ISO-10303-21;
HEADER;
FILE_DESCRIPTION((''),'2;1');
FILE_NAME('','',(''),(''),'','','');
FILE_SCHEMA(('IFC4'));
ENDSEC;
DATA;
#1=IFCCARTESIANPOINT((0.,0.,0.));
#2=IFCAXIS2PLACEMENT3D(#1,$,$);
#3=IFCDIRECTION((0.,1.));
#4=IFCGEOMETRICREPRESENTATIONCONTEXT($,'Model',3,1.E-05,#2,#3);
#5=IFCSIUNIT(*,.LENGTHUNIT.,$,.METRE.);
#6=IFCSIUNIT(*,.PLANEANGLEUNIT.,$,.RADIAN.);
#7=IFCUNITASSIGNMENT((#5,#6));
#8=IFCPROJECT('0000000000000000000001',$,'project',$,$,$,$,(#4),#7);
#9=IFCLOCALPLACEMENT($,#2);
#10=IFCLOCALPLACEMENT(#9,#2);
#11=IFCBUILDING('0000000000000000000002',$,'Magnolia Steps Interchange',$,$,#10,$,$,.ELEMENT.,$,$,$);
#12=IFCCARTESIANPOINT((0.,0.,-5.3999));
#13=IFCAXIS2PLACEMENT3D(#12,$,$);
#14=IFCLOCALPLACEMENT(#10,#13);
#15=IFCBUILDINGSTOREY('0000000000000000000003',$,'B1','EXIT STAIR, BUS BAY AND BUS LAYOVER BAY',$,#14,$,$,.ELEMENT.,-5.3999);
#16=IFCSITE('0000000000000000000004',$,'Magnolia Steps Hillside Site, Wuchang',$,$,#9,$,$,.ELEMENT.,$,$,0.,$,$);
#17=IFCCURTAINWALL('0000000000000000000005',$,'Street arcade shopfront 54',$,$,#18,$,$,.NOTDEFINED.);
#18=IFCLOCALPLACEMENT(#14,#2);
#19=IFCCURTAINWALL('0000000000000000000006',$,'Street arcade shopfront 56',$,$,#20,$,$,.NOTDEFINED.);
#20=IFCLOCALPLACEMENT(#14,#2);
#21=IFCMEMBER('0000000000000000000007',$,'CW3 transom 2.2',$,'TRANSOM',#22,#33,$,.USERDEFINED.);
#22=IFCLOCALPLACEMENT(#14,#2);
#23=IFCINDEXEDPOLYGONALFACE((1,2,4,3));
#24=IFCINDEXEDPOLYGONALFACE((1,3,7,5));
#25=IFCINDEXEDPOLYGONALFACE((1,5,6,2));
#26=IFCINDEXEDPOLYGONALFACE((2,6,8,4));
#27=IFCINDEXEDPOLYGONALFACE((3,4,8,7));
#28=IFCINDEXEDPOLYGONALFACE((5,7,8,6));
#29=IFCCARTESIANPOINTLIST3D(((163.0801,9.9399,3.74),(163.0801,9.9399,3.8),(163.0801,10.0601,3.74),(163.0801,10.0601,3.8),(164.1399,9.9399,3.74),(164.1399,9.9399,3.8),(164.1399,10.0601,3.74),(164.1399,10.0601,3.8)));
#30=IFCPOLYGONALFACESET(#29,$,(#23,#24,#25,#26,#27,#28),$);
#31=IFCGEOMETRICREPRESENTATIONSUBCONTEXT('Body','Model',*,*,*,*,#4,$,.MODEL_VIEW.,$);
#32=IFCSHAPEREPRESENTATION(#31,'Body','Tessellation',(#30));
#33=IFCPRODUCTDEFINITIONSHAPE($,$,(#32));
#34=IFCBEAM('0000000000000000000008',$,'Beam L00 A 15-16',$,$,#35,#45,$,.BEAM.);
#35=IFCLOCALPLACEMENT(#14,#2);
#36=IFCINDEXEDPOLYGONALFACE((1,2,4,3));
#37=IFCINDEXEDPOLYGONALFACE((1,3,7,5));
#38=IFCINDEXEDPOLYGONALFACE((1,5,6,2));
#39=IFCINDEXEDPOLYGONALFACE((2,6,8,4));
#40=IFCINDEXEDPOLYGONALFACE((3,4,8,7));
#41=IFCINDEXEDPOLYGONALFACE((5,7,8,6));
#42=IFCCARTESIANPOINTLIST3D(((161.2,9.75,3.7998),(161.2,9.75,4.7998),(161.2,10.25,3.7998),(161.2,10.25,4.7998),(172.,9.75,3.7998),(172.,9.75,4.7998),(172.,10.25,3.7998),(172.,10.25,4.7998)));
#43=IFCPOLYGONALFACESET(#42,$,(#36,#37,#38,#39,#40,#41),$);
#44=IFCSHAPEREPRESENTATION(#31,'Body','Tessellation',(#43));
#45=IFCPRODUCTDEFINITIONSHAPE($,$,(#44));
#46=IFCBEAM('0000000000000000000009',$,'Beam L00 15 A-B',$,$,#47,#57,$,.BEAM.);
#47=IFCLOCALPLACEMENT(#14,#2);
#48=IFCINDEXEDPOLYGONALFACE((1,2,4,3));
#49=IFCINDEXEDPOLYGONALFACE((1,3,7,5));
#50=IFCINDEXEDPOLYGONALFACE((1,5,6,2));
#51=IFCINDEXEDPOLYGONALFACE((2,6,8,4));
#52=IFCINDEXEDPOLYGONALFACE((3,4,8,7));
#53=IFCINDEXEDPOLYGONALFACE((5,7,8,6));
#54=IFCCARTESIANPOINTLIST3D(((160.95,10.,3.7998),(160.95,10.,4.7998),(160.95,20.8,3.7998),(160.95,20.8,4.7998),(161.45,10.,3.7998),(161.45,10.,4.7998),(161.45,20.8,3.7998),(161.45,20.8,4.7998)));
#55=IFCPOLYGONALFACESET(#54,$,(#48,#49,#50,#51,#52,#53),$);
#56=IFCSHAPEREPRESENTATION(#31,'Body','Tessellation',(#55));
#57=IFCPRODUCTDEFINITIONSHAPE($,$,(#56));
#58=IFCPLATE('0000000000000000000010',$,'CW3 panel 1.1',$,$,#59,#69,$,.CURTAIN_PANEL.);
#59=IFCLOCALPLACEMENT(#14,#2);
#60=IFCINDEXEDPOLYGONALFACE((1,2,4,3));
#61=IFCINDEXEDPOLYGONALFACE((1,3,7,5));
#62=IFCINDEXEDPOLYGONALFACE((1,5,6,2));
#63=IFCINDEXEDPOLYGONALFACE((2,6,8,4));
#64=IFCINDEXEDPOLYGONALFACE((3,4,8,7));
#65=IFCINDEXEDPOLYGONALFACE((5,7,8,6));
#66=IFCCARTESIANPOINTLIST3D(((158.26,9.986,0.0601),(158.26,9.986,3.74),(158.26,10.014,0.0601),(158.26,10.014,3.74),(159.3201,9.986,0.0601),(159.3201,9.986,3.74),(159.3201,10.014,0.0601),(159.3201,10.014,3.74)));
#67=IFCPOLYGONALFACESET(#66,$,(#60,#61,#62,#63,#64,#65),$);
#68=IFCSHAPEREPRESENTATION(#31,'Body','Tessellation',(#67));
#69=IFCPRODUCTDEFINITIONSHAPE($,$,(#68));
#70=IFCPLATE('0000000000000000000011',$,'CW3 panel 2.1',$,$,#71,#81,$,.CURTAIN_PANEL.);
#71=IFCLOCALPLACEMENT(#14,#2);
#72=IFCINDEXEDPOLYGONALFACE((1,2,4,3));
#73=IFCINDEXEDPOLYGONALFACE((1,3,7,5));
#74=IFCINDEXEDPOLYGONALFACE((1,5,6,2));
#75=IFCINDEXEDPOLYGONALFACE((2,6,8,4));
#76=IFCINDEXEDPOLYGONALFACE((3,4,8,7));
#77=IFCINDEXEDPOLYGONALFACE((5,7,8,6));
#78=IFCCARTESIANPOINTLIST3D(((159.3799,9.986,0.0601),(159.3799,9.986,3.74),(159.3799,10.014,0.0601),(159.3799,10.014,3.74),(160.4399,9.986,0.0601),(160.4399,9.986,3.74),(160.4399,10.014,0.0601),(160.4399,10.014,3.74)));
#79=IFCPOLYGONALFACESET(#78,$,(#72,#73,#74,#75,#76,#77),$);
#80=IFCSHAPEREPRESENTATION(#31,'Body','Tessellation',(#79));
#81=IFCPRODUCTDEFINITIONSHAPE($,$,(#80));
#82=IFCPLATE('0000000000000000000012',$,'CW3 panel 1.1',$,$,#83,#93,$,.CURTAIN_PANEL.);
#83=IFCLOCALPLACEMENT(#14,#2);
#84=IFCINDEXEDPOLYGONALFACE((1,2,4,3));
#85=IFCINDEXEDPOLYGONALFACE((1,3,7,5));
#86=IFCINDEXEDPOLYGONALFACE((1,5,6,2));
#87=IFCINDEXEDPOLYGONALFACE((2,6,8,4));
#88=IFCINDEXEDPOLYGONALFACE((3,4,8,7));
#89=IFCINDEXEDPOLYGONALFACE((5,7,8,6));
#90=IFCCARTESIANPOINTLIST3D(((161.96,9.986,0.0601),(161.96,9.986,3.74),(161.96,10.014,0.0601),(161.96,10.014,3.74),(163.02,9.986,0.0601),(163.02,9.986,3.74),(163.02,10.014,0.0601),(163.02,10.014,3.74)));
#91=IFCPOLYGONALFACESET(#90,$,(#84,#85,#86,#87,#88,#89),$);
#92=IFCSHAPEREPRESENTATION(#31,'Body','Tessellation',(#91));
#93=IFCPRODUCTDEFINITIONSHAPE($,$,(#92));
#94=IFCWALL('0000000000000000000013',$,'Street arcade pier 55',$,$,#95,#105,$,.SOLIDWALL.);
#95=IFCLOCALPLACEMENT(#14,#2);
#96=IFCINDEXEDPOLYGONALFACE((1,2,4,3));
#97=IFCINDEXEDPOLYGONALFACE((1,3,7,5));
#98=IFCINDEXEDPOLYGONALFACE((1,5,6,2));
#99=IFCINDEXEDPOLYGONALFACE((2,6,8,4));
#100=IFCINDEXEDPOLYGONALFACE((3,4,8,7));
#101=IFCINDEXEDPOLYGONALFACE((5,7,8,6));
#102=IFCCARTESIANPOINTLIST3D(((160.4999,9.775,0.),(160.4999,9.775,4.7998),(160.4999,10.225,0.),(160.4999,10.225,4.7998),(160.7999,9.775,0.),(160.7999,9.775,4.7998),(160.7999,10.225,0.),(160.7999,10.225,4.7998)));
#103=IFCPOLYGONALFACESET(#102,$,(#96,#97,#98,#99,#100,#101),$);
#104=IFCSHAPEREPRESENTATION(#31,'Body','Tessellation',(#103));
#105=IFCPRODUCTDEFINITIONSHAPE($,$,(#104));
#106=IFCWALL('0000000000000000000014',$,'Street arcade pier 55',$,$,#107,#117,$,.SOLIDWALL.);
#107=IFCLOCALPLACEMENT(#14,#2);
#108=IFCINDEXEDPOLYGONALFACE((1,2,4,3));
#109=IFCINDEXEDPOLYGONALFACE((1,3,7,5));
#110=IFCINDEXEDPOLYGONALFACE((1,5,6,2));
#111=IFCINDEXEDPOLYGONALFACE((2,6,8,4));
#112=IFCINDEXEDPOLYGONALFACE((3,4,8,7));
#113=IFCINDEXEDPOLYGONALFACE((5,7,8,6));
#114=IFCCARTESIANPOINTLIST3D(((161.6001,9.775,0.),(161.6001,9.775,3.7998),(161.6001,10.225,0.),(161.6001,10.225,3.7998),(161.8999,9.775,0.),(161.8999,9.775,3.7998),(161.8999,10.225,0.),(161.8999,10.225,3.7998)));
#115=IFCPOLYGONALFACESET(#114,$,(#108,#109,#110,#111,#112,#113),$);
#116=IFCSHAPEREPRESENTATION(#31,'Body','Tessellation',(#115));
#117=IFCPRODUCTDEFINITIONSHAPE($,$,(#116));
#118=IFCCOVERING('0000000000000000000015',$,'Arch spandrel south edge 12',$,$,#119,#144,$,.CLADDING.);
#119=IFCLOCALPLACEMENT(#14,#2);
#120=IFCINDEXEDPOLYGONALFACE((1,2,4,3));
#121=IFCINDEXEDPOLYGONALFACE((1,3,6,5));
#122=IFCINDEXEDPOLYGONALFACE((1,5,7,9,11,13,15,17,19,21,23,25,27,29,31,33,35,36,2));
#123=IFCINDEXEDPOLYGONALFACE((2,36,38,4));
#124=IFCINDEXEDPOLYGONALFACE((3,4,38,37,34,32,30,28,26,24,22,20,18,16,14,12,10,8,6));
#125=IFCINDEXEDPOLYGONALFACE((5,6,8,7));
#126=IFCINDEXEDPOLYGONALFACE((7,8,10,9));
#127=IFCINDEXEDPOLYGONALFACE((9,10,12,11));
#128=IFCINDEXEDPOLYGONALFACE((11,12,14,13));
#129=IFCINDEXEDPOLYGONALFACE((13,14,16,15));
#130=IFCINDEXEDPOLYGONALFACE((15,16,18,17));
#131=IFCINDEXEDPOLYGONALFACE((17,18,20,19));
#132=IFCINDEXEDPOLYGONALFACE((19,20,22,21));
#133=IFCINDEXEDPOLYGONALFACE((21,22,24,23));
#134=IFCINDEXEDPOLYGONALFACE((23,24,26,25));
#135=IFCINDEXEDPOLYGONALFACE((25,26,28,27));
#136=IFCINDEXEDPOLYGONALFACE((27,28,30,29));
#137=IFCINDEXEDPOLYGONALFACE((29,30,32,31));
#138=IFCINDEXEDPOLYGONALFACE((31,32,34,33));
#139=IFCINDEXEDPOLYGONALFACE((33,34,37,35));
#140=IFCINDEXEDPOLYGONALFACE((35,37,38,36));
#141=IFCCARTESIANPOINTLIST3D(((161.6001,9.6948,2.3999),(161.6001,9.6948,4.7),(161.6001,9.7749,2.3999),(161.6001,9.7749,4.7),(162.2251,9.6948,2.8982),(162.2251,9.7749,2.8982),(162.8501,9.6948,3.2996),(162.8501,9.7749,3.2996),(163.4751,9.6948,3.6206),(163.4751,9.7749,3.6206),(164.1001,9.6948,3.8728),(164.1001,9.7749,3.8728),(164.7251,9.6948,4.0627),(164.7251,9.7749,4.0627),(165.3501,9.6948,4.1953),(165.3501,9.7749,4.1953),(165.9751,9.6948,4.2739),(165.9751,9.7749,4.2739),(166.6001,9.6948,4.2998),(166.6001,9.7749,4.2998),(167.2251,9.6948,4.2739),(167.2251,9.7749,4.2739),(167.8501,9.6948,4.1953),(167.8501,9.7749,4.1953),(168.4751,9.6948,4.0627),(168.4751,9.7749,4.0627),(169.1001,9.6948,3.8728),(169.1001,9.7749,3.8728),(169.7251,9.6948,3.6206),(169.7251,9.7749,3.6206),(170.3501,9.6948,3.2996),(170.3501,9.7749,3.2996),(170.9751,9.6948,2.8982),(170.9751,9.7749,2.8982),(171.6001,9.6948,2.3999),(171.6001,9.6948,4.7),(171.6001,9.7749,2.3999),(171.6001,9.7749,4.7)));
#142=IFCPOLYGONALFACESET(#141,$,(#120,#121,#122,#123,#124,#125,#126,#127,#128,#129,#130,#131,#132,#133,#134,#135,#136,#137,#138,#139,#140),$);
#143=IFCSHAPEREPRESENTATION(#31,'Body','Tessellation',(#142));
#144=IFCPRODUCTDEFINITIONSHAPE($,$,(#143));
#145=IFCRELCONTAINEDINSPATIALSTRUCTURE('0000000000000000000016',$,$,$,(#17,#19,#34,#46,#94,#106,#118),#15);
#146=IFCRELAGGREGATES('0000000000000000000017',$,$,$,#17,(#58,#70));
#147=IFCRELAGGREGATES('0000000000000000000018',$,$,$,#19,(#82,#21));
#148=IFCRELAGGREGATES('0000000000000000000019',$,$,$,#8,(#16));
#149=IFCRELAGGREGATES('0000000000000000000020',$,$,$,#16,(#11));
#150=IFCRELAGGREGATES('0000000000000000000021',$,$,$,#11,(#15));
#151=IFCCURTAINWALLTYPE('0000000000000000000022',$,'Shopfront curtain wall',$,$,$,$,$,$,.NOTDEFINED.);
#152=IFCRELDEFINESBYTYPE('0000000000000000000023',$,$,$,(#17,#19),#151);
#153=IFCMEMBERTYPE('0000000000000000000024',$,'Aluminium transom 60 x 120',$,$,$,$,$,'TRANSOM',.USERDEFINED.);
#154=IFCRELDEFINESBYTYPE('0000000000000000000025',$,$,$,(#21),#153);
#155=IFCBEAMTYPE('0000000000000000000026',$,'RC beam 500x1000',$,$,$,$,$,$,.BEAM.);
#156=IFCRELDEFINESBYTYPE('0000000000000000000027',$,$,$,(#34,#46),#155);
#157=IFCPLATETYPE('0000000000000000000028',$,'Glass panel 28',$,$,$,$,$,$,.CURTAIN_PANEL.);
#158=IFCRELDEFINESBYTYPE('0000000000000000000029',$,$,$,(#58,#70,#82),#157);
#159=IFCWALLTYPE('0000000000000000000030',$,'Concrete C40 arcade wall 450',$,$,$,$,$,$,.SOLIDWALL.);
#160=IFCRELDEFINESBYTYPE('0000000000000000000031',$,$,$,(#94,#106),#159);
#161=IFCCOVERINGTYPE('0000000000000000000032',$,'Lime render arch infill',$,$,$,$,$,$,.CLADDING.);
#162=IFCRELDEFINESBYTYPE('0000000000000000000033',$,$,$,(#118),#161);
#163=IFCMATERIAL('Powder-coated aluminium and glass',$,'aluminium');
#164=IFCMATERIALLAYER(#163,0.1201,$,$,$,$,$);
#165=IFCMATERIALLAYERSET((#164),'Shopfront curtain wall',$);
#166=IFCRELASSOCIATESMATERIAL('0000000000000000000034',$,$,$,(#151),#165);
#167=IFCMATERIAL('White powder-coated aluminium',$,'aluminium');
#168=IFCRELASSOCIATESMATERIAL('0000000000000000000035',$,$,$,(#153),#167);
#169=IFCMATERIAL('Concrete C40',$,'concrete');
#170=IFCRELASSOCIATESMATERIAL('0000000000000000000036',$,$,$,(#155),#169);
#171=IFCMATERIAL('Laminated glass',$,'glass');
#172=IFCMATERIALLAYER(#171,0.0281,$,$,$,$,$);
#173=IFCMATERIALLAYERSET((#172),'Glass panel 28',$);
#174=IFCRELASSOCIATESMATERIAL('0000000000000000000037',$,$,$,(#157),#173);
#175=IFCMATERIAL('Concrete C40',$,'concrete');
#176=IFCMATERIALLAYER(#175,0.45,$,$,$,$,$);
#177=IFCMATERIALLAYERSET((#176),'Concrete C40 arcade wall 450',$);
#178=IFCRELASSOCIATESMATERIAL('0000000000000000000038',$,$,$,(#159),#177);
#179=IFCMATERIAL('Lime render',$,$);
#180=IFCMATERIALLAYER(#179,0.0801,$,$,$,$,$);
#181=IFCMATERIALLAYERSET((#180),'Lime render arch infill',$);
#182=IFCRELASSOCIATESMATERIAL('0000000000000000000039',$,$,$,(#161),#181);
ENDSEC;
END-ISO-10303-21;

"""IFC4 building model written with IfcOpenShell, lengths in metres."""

from ifc_helpers import new_model, si_unit, direction, frame, frame_2d, origin, origin_2d, place, context, subcontext, project, spatial, polyline, rectangle, outline, extrude, material, layer, layer_set, material_profile, profile_set, type_object, element, aggregate, save


model = new_model("IFC4")

# Units and contexts
model_context = context("Model", 3, precision=1e-05, world=origin(), true_north=direction((0.0, 1.0)))
body_context = subcontext(model_context, "Body", "Model", "MODEL_VIEW")
ifc_project = project(units=[si_unit("LENGTHUNIT", "METRE"), si_unit("PLANEANGLEUNIT", "RADIAN")], contexts=[model_context])

# Site, building, storey
site_placement = place(None, origin())
site = spatial("IfcSite", under=ifc_project, at=site_placement, Name="Magnolia Steps Hillside Site, Wuchang", CompositionType="ELEMENT", RefElevation=0.0)
building_placement = place(site_placement, origin())
building = spatial("IfcBuilding", under=site, at=building_placement, Name="Magnolia Steps Interchange", CompositionType="ELEMENT")
storey_placement = place(building_placement, frame((0.0, 0.0, -5.3999)))
storey = spatial("IfcBuildingStorey", under=building, at=storey_placement, Name="B1", Description="EXIT STAIR, BUS BAY AND BUS LAYOVER BAY", CompositionType="ELEMENT", Elevation=-5.3999)

# Curtain walls
ifc_material_1 = material(Name="Powder-coated aluminium and glass", Category="aluminium")
ifc_layer_1 = layer(ifc_material_1, 0.1201)
ifc_layer_set_1 = layer_set([ifc_layer_1], Name="Shopfront curtain wall")
curtain_wall_type = type_object("IfcCurtainWallType", Name="Shopfront curtain wall", PredefinedType="NOTDEFINED", material=ifc_layer_set_1)
curtain_wall_1_placement = place(storey_placement, origin())
curtain_wall_1 = element("IfcCurtainWall", 1, at=curtain_wall_1_placement, inside=storey, type_object=curtain_wall_type, Name="Street arcade shopfront 54", PredefinedType="NOTDEFINED")
curtain_wall_2_placement = place(storey_placement, origin())
curtain_wall_2 = element("IfcCurtainWall", 2, at=curtain_wall_2_placement, inside=storey, type_object=curtain_wall_type, Name="Street arcade shopfront 56", PredefinedType="NOTDEFINED")

# Member
ifc_material_2 = material(Name="White powder-coated aluminium", Category="aluminium")
ifc_material_profile_1 = material_profile(ifc_material_2, rectangle(XDim=0.0601, YDim=0.1201, at=origin_2d()), Name="Aluminium transom 60 x 120")
ifc_profile_set_1 = profile_set([ifc_material_profile_1], Name="White powder-coated aluminium")
member_type_1 = type_object("IfcMemberType", Name="Aluminium transom 60 x 120", ElementType="TRANSOM", PredefinedType="USERDEFINED", material=ifc_profile_set_1)
member_1_placement = place(storey_placement, frame((163.0801, 10.0, 3.77), z_axis=(1.0, 0.0, 0.0), x_axis=(0.0, 0.0, 1.0)))
member_1 = element("IfcMember", 3, at=member_1_placement, type_object=member_type_1, Name="CW3 transom 2.2", ObjectType="TRANSOM", PredefinedType="USERDEFINED", context=body_context, shape_type="SweptSolid", body=[
    extrude(rectangle(XDim=0.0601, YDim=0.1201, at=origin_2d()), origin(), (0.0, 0.0, 1.0), 1.0598),
])

# Beams
ifc_material_3 = material(Name="Concrete C40", Category="concrete")
ifc_material_profile_2 = material_profile(ifc_material_3, rectangle(XDim=0.5, YDim=1.0, at=origin_2d()), Name="RC500x1000")
ifc_profile_set_2 = profile_set([ifc_material_profile_2], Name="Concrete C40")
beam_type = type_object("IfcBeamType", Name="RC beam 500x1000", PredefinedType="BEAM", material=ifc_profile_set_2)
for number, where, z_axis, x_axis, name in (
    (4, (161.2, 10.0, 4.2998), (1.0, 0.0, 0.0), (0.0, 1.0, 0.0), "Beam L00 A 15-16"),
    (5, (161.2, 10.0, 4.2998), (0.0, 1.0, 0.0), (-1.0, 0.0, 0.0), "Beam L00 15 A-B"),
):
    element("IfcBeam", number, at=place(storey_placement, frame(where, z_axis=z_axis, x_axis=x_axis)), inside=storey, type_object=beam_type, Name=name, PredefinedType="BEAM", context=body_context, shape_type="SweptSolid", body=[
        extrude(rectangle(XDim=0.5, YDim=1.0, at=origin_2d()), origin(), (0.0, 0.0, 1.0), 10.8),
    ])

# Plates
ifc_material_4 = material(Name="Laminated glass", Category="glass")
ifc_layer_2 = layer(ifc_material_4, 0.0281)
ifc_layer_set_2 = layer_set([ifc_layer_2], Name="Glass panel 28")
plate_type = type_object("IfcPlateType", Name="Glass panel 28", PredefinedType="CURTAIN_PANEL", material=ifc_layer_set_2)
plate_1_placement = place(storey_placement, frame((158.79, 10.0, 0.0601), z_axis=(0.0, 0.0, 1.0), x_axis=(1.0, 0.0, 0.0)))
plate_1 = element("IfcPlate", 6, at=plate_1_placement, type_object=plate_type, Name="CW3 panel 1.1", PredefinedType="CURTAIN_PANEL", context=body_context, shape_type="SweptSolid", body=[
    extrude(rectangle(XDim=1.0601, YDim=0.0281, at=origin_2d()), origin(), (0.0, 0.0, 1.0), 3.6799),
])
plate_2_placement = place(storey_placement, frame((159.9099, 10.0, 0.0601), z_axis=(0.0, 0.0, 1.0), x_axis=(1.0, 0.0, 0.0)))
plate_2 = element("IfcPlate", 7, at=plate_2_placement, type_object=plate_type, Name="CW3 panel 2.1", PredefinedType="CURTAIN_PANEL", context=body_context, shape_type="SweptSolid", body=[
    extrude(rectangle(XDim=1.0601, YDim=0.0281, at=origin_2d()), origin(), (0.0, 0.0, 1.0), 3.6799),
])
aggregate(curtain_wall_1, [plate_1, plate_2])
plate_3_placement = place(storey_placement, frame((162.49, 10.0, 0.0601), z_axis=(0.0, 0.0, 1.0), x_axis=(1.0, 0.0, 0.0)))
plate_3 = element("IfcPlate", 8, at=plate_3_placement, type_object=plate_type, Name="CW3 panel 1.1", PredefinedType="CURTAIN_PANEL", context=body_context, shape_type="SweptSolid", body=[
    extrude(rectangle(XDim=1.0601, YDim=0.0281, at=origin_2d()), origin(), (0.0, 0.0, 1.0), 3.6799),
])
aggregate(curtain_wall_2, [plate_3, member_1])

# Walls
ifc_material_5 = material(Name="Concrete C40", Category="concrete")
ifc_layer_3 = layer(ifc_material_5, 0.45)
ifc_layer_set_3 = layer_set([ifc_layer_3], Name="Concrete C40 arcade wall 450")
wall_type = type_object("IfcWallType", Name="Concrete C40 arcade wall 450", PredefinedType="SOLIDWALL", material=ifc_layer_set_3)
wall_1_placement = place(storey_placement, frame((160.5, 10.0, 0.0), z_axis=(0.0, 0.0, 1.0), x_axis=(1.0, 0.0, 0.0)))
element("IfcWall", 9, at=wall_1_placement, inside=storey, type_object=wall_type, Name="Street arcade pier 55", PredefinedType="SOLIDWALL", context=body_context, shape_type="SweptSolid", body=[
    extrude(rectangle(XDim=0.3, YDim=0.45, at=frame_2d((0.1499, 0.0))), origin(), (0.0, 0.0, 1.0), 4.7998),
])
wall_2_placement = place(storey_placement, frame((161.6001, 10.0, 0.0), z_axis=(0.0, 0.0, 1.0), x_axis=(1.0, 0.0, 0.0)))
element("IfcWall", 10, at=wall_2_placement, inside=storey, type_object=wall_type, Name="Street arcade pier 55", PredefinedType="SOLIDWALL", context=body_context, shape_type="SweptSolid", body=[
    extrude(rectangle(XDim=0.2998, YDim=0.45, at=frame_2d((0.1499, 0.0))), origin(), (0.0, 0.0, 1.0), 3.7998),
])

# Covering
ifc_material_6 = material(Name="Lime render")
ifc_layer_4 = layer(ifc_material_6, 0.0801)
ifc_layer_set_4 = layer_set([ifc_layer_4], Name="Lime render arch infill")
covering_type = type_object("IfcCoveringType", Name="Lime render arch infill", PredefinedType="CLADDING", material=ifc_layer_set_4)
covering_placement = place(storey_placement, frame((161.6001, 9.7749, 2.3999), z_axis=(0.0, 1.0, 0.0), x_axis=(0.0, 0.0, 1.0)))
element("IfcCovering", 11, at=covering_placement, inside=storey, type_object=covering_type, Name="Arch spandrel south edge 12", PredefinedType="CLADDING", context=body_context, shape_type="SweptSolid", body=[
    extrude(outline(polyline([(0.0, 0.0), (2.3, 0.0), (2.3, 10.0), (0.0, 10.0), (0.4983, 9.375), (0.8997, 8.75), (1.2207, 8.125), (1.4729, 7.5), (1.6628, 6.875), (1.7954, 6.25), (1.874, 5.625), (1.8999, 5.0), (1.874, 4.375), (1.7954, 3.75), (1.6628, 3.125), (1.4729, 2.5), (1.2207, 1.875), (0.8997, 1.25), (0.4983, 0.625), (0.0, 0.0)])), origin(), (0.0, 0.0, -1.0), 0.0801),
])

save(model, "model.ifc")
